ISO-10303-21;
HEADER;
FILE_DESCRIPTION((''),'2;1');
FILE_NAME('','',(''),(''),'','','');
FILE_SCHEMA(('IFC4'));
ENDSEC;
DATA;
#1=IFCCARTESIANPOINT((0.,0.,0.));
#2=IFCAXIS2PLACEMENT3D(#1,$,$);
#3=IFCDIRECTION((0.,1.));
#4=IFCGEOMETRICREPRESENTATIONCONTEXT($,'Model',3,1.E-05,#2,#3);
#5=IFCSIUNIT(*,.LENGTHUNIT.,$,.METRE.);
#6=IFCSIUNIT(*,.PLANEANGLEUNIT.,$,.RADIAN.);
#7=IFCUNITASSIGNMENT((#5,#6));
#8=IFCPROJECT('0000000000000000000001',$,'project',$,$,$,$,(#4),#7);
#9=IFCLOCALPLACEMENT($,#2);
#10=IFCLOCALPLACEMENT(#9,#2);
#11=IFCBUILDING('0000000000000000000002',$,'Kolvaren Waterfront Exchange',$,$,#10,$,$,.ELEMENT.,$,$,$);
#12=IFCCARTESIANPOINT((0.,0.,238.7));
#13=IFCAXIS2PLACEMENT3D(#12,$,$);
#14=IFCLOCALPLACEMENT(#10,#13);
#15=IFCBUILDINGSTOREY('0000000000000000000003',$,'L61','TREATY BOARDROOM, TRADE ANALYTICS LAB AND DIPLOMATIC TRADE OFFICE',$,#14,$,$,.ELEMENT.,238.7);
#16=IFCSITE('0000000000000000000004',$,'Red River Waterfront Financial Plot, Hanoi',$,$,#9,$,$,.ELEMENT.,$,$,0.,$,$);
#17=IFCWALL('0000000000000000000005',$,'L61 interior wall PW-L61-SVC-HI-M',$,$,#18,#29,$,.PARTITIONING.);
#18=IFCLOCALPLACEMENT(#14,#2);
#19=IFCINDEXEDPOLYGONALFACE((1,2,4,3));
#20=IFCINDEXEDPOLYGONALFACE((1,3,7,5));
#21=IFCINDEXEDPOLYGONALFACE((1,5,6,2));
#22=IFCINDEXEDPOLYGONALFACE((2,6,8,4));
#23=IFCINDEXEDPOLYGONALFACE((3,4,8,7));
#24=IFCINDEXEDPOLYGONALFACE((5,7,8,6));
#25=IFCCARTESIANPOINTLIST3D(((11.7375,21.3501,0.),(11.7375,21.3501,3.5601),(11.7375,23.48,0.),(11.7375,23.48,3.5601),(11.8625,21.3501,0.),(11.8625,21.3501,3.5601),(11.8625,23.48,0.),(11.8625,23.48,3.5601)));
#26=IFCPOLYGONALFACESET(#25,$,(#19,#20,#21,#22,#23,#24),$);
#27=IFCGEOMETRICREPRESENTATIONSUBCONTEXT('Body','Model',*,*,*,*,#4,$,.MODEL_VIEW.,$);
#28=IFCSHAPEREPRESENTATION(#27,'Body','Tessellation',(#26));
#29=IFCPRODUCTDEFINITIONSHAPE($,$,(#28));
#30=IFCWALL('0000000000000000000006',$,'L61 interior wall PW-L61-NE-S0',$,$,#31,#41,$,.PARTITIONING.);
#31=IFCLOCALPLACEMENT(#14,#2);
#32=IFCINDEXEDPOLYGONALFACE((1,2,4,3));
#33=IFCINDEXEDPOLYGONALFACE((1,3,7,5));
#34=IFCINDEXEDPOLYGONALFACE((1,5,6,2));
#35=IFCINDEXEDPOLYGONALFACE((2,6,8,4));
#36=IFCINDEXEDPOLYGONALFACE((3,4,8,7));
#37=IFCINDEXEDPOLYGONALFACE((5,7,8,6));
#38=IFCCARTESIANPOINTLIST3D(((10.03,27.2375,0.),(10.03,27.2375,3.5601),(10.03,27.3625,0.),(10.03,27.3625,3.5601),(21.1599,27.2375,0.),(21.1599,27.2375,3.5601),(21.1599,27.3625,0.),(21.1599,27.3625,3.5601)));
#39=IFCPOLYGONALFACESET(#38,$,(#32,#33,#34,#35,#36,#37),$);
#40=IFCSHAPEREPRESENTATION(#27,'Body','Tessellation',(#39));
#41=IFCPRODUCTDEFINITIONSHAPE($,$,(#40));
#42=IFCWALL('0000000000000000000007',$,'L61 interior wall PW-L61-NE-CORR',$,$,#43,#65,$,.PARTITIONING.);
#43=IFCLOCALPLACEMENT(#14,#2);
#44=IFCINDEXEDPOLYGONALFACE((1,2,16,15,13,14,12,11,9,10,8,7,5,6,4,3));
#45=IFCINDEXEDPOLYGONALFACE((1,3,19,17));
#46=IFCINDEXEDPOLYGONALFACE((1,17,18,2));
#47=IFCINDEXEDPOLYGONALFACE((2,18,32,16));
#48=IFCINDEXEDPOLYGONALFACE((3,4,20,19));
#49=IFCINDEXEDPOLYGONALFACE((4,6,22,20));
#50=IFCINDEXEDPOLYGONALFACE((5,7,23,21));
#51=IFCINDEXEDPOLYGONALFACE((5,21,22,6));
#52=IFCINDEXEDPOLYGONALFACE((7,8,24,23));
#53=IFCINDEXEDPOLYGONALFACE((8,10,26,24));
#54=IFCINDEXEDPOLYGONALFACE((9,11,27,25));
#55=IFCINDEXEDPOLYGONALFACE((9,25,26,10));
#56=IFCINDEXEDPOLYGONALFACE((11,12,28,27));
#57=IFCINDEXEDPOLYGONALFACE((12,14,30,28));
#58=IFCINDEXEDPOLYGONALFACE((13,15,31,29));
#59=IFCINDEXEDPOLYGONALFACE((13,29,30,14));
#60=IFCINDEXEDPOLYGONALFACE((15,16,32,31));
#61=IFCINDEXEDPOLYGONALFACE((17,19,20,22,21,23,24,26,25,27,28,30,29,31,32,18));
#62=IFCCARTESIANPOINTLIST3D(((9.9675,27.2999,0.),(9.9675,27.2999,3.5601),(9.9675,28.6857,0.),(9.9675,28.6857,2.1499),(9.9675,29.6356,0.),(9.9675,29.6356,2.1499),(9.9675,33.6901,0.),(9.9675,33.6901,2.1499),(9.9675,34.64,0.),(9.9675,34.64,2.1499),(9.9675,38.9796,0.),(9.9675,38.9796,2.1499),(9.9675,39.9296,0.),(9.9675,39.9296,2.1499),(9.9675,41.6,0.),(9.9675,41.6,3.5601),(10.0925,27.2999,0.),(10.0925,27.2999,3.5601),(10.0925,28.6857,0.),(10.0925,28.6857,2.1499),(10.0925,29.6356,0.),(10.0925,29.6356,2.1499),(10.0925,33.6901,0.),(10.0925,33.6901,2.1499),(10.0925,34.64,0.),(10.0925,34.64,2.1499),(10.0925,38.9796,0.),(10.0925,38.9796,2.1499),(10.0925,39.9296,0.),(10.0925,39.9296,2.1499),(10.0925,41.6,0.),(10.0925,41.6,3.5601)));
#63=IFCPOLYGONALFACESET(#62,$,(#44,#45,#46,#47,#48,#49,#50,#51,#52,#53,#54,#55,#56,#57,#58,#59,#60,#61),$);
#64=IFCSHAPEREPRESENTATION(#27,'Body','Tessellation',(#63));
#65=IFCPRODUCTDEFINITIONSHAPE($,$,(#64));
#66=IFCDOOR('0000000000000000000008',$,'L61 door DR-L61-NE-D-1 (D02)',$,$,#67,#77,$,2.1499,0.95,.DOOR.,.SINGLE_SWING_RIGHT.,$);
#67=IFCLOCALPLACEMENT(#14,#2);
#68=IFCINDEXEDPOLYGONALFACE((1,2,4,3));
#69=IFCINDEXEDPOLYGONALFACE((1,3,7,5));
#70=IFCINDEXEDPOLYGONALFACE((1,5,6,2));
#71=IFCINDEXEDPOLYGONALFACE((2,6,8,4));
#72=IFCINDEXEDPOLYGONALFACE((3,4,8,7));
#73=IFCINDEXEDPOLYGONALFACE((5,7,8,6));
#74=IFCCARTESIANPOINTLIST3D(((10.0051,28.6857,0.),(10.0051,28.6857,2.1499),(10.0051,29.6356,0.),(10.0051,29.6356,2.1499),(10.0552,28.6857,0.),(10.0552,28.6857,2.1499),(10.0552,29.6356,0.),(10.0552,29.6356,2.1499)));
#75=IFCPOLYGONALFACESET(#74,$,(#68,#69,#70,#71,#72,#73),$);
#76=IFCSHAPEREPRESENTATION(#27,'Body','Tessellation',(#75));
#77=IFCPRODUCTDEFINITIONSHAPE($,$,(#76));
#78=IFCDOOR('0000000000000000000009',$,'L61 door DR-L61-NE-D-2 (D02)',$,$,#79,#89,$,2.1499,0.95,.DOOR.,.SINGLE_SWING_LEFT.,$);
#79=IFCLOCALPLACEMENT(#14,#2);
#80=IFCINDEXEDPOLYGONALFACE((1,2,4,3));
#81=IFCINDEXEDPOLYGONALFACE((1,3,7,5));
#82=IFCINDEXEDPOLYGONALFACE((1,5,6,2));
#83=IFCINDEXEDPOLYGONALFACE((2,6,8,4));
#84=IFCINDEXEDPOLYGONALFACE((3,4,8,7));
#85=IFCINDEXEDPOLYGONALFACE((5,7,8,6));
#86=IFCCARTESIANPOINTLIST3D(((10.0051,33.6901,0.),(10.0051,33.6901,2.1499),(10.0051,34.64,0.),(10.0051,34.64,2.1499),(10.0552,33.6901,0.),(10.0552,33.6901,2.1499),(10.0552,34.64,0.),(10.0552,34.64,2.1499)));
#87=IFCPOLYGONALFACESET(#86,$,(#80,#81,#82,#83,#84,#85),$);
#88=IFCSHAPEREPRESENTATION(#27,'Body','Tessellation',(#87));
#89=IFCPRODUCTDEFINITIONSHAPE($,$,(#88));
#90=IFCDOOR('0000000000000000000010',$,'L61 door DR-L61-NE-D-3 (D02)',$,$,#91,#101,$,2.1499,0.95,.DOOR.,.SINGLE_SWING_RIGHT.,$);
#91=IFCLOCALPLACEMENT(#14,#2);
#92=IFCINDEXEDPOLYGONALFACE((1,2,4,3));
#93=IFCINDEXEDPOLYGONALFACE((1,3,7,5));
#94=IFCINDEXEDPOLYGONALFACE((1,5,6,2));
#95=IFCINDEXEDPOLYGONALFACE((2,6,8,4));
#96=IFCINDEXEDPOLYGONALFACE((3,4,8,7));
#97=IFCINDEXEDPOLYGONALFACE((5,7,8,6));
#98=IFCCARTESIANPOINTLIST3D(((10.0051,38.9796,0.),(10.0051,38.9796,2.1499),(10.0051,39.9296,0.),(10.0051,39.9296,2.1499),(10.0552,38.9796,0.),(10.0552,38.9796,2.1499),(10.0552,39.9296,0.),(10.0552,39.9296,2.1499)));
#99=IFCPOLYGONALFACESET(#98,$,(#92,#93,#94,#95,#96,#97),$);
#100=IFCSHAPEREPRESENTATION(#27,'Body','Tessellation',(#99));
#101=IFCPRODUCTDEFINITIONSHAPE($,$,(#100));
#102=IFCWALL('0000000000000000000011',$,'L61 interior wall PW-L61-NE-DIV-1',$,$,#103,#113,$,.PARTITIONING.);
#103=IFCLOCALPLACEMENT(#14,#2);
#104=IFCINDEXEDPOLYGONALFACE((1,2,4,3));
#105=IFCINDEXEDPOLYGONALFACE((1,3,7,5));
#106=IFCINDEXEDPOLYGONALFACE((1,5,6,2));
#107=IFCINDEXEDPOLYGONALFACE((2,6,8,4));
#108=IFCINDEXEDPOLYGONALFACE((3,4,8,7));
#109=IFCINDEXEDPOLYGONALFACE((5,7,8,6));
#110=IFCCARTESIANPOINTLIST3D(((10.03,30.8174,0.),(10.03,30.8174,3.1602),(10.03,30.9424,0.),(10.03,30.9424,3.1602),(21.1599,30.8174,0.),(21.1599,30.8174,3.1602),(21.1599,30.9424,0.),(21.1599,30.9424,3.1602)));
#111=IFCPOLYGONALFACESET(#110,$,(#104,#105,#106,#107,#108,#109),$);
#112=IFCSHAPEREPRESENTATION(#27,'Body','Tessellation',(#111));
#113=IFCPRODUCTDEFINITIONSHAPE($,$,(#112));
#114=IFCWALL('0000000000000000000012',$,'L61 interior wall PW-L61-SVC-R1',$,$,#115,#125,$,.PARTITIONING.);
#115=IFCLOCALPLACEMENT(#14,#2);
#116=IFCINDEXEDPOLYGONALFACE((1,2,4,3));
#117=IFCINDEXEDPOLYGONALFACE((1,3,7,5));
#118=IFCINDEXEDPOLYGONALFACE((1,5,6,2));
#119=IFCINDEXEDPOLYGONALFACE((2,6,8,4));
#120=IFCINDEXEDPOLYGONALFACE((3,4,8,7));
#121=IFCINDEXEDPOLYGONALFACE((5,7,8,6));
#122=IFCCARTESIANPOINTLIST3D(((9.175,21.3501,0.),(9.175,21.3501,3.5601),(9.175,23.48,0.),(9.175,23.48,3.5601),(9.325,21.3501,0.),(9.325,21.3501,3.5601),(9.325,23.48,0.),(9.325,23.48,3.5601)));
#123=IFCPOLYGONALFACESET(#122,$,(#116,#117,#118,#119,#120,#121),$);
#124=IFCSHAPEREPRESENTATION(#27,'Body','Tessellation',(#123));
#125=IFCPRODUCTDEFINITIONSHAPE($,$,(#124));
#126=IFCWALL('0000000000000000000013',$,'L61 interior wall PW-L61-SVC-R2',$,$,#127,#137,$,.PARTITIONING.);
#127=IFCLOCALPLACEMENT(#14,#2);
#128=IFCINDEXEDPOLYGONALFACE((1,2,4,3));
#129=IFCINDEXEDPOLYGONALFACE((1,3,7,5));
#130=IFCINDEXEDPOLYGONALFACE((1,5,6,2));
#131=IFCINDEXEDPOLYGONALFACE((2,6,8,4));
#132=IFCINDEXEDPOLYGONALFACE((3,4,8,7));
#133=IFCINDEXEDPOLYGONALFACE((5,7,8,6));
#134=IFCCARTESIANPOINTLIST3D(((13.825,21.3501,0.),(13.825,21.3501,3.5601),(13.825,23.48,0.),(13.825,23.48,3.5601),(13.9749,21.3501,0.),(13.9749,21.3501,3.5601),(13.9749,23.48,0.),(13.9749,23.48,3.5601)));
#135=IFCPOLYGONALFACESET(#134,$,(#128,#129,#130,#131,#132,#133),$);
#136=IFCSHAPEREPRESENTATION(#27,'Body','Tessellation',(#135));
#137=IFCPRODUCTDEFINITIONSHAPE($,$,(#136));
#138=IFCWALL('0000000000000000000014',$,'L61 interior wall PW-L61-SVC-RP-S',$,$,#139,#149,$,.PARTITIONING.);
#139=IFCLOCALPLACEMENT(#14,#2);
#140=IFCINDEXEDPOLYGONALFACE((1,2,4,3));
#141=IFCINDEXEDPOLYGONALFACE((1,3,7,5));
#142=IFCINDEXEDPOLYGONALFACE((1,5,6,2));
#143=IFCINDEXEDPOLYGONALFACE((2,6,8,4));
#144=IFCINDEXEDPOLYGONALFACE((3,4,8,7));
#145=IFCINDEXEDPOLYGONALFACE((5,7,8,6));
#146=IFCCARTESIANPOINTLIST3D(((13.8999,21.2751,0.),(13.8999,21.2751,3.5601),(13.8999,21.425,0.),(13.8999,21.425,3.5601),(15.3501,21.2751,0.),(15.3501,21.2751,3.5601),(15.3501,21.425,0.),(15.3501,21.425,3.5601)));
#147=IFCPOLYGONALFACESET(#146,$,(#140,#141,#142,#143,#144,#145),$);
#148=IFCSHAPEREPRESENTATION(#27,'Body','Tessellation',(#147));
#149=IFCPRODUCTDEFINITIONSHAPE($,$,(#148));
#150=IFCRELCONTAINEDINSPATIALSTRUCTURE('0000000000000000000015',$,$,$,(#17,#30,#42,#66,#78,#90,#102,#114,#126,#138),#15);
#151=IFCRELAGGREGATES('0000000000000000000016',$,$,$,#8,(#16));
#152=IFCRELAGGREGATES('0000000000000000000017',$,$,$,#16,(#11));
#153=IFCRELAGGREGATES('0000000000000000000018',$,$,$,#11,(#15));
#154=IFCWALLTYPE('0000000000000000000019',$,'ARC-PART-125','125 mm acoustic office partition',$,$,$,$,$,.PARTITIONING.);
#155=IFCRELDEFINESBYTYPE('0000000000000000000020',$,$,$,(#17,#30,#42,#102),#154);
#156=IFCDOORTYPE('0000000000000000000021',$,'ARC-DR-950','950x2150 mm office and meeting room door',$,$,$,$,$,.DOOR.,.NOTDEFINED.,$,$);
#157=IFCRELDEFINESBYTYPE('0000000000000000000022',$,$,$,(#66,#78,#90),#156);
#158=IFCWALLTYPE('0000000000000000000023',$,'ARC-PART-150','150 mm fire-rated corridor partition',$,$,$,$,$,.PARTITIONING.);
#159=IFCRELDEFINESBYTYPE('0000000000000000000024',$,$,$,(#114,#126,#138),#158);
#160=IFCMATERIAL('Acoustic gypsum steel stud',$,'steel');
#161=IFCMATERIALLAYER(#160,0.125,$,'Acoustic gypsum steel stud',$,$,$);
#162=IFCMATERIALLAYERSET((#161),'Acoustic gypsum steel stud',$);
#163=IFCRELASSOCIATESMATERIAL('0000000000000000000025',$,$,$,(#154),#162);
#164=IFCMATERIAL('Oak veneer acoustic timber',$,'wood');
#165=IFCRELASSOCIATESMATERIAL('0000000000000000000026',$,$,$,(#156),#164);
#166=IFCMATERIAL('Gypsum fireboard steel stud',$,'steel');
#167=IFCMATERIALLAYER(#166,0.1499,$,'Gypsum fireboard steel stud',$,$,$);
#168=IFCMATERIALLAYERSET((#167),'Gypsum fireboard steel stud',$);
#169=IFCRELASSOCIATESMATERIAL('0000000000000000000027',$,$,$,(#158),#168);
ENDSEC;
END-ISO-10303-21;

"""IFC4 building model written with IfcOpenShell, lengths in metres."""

from ifc_helpers import new_model, si_unit, direction, frame, frame_2d, origin, place, context, subcontext, project, spatial, rectangle, extrude, material, layer, layer_set, type_object, element, fill, save


model = new_model("IFC4")

# Units and contexts
model_context = context("Model", 3, precision=1e-05, world=origin(), true_north=direction((0.0, 1.0)))
body_context = subcontext(model_context, "Body", "Model", "MODEL_VIEW")
ifc_project = project(units=[si_unit("LENGTHUNIT", "METRE"), si_unit("PLANEANGLEUNIT", "RADIAN")], contexts=[model_context])

# Site, building, storey
site_placement = place(None, origin())
site = spatial("IfcSite", under=ifc_project, at=site_placement, Name="Red River Waterfront Financial Plot, Hanoi", CompositionType="ELEMENT", RefElevation=0.0)
building_placement = place(site_placement, origin())
building = spatial("IfcBuilding", under=site, at=building_placement, Name="Kolvaren Waterfront Exchange", CompositionType="ELEMENT")
storey_placement = place(building_placement, frame((0.0, 0.0, 238.7)))
storey = spatial("IfcBuildingStorey", under=building, at=storey_placement, Name="L61", Description="TREATY BOARDROOM, TRADE ANALYTICS LAB AND DIPLOMATIC TRADE OFFICE", CompositionType="ELEMENT", Elevation=238.7)

# Shared definitions
ifc_material_1 = material(Name="Acoustic gypsum steel stud", Category="steel")
ifc_layer_1 = layer(ifc_material_1, 0.125, Name="Acoustic gypsum steel stud")
ifc_layer_set_1 = layer_set([ifc_layer_1], Name="Acoustic gypsum steel stud")
wall_type_1 = type_object("IfcWallType", Name="ARC-PART-125", Description="125 mm acoustic office partition", PredefinedType="PARTITIONING", material=ifc_layer_set_1)

# Walls
wall_1_placement = place(storey_placement, frame((11.8, 21.3501, 0.0), z_axis=(0.0, 0.0, 1.0), x_axis=(0.0, 1.0, 0.0)))
element("IfcWall", 1, at=wall_1_placement, inside=storey, type_object=wall_type_1, Name="L61 interior wall PW-L61-SVC-HI-M", PredefinedType="PARTITIONING", context=body_context, shape_type="SweptSolid", body=[
    extrude(rectangle(XDim=2.1299, YDim=0.125, at=frame_2d((1.0649, 0.0))), origin(), (0.0, 0.0, 1.0), 3.5601),
])
wall_2_placement = place(storey_placement, frame((10.03, 27.3, 0.0), z_axis=(0.0, 0.0, 1.0), x_axis=(1.0, 0.0, 0.0)))
element("IfcWall", 2, at=wall_2_placement, inside=storey, type_object=wall_type_1, Name="L61 interior wall PW-L61-NE-S0", PredefinedType="PARTITIONING", context=body_context, shape_type="SweptSolid", body=[
    extrude(rectangle(XDim=11.1299, YDim=0.125, at=frame_2d((5.5649, 0.0))), origin(), (0.0, 0.0, 1.0), 3.5601),
])

# Wall, openings, doors
wall_3_placement = place(storey_placement, frame((10.03, 27.3, 0.0), z_axis=(0.0, 0.0, 1.0), x_axis=(0.0, 1.0, 0.0)))
wall_3 = element("IfcWall", 3, at=wall_3_placement, inside=storey, type_object=wall_type_1, Name="L61 interior wall PW-L61-NE-CORR", PredefinedType="PARTITIONING", context=body_context, shape_type="SweptSolid", body=[
    extrude(rectangle(XDim=14.3, YDim=0.125, at=frame_2d((7.1499, 0.0))), origin(), (0.0, 0.0, 1.0), 3.5601),
])
opening_1_placement = place(wall_3_placement, frame((1.3855, 0.0, 0.0)))
opening_1 = element("IfcOpeningElement", 4, at=opening_1_placement, cuts=wall_3, PredefinedType="OPENING", context=body_context, shape_type="SweptSolid", body=[
    extrude(rectangle(XDim=0.95, YDim=2.1499, at=frame_2d((0.4751, 1.075))), frame((0.0, 0.0725, 0.0), z_axis=(0.0, -1.0, 0.0), x_axis=(1.0, 0.0, 0.0)), (0.0, 0.0, 1.0), 0.145),
])
opening_2_placement = place(wall_3_placement, frame((6.3899, 0.0, 0.0)))
opening_2 = element("IfcOpeningElement", 5, at=opening_2_placement, cuts=wall_3, PredefinedType="OPENING", context=body_context, shape_type="SweptSolid", body=[
    extrude(rectangle(XDim=0.95, YDim=2.1499, at=frame_2d((0.4751, 1.075))), frame((0.0, 0.0725, 0.0), z_axis=(0.0, -1.0, 0.0), x_axis=(1.0, 0.0, 0.0)), (0.0, 0.0, 1.0), 0.145),
])
opening_3_placement = place(wall_3_placement, frame((11.6794, 0.0, 0.0)))
opening_3 = element("IfcOpeningElement", 6, at=opening_3_placement, cuts=wall_3, PredefinedType="OPENING", context=body_context, shape_type="SweptSolid", body=[
    extrude(rectangle(XDim=0.95, YDim=2.1499, at=frame_2d((0.4751, 1.075))), frame((0.0, 0.0725, 0.0), z_axis=(0.0, -1.0, 0.0), x_axis=(1.0, 0.0, 0.0)), (0.0, 0.0, 1.0), 0.145),
])
ifc_material_2 = material(Name="Oak veneer acoustic timber", Category="wood")
door_type_1 = type_object("IfcDoorType", Name="ARC-DR-950", Description="950x2150 mm office and meeting room door", OperationType="NOTDEFINED", PredefinedType="DOOR", material=ifc_material_2)
door_1_placement = place(opening_1_placement, origin())
door_1 = element("IfcDoor", 7, at=door_1_placement, inside=storey, type_object=door_type_1, Name="L61 door DR-L61-NE-D-1 (D02)", OperationType="SINGLE_SWING_RIGHT", OverallHeight=2.1499, OverallWidth=0.95, PredefinedType="DOOR", context=body_context, shape_type="SweptSolid", body=[
    extrude(rectangle(XDim=0.95, YDim=2.1499, at=frame_2d((0.4751, 1.075))), frame((0.0, 0.0249, 0.0), z_axis=(0.0, -1.0, 0.0), x_axis=(1.0, 0.0, 0.0)), (0.0, 0.0, 1.0), 0.05),
])
fill(opening_1, door_1)
door_2_placement = place(opening_2_placement, origin())
door_2 = element("IfcDoor", 8, at=door_2_placement, inside=storey, type_object=door_type_1, Name="L61 door DR-L61-NE-D-2 (D02)", OperationType="SINGLE_SWING_LEFT", OverallHeight=2.1499, OverallWidth=0.95, PredefinedType="DOOR", context=body_context, shape_type="SweptSolid", body=[
    extrude(rectangle(XDim=0.95, YDim=2.1499, at=frame_2d((0.4751, 1.075))), frame((0.0, 0.0249, 0.0), z_axis=(0.0, -1.0, 0.0), x_axis=(1.0, 0.0, 0.0)), (0.0, 0.0, 1.0), 0.05),
])
fill(opening_2, door_2)
door_3_placement = place(opening_3_placement, origin())
door_3 = element("IfcDoor", 9, at=door_3_placement, inside=storey, type_object=door_type_1, Name="L61 door DR-L61-NE-D-3 (D02)", OperationType="SINGLE_SWING_RIGHT", OverallHeight=2.1499, OverallWidth=0.95, PredefinedType="DOOR", context=body_context, shape_type="SweptSolid", body=[
    extrude(rectangle(XDim=0.95, YDim=2.1499, at=frame_2d((0.4751, 1.075))), frame((0.0, 0.0249, 0.0), z_axis=(0.0, -1.0, 0.0), x_axis=(1.0, 0.0, 0.0)), (0.0, 0.0, 1.0), 0.05),
])
fill(opening_3, door_3)

# Walls
wall_4_placement = place(storey_placement, frame((10.03, 30.8799, 0.0), z_axis=(0.0, 0.0, 1.0), x_axis=(1.0, 0.0, 0.0)))
element("IfcWall", 10, at=wall_4_placement, inside=storey, type_object=wall_type_1, Name="L61 interior wall PW-L61-NE-DIV-1", PredefinedType="PARTITIONING", context=body_context, shape_type="SweptSolid", body=[
    extrude(rectangle(XDim=11.1299, YDim=0.125, at=frame_2d((5.5649, 0.0))), origin(), (0.0, 0.0, 1.0), 3.1602),
])
ifc_material_3 = material(Name="Gypsum fireboard steel stud", Category="steel")
ifc_layer_2 = layer(ifc_material_3, 0.1499, Name="Gypsum fireboard steel stud")
ifc_layer_set_2 = layer_set([ifc_layer_2], Name="Gypsum fireboard steel stud")
wall_type_2 = type_object("IfcWallType", Name="ARC-PART-150", Description="150 mm fire-rated corridor partition", PredefinedType="PARTITIONING", material=ifc_layer_set_2)
for number, where, z_axis, x_axis, name in (
    (11, (9.25, 21.3501, 0.0), (0.0, 0.0, 1.0), (0.0, 1.0, 0.0), "L61 interior wall PW-L61-SVC-R1"),
    (12, (13.8999, 21.3501, 0.0), (0.0, 0.0, 1.0), (0.0, 1.0, 0.0), "L61 interior wall PW-L61-SVC-R2"),
):
    element("IfcWall", number, at=place(storey_placement, frame(where, z_axis=z_axis, x_axis=x_axis)), inside=storey, type_object=wall_type_2, Name=name, PredefinedType="PARTITIONING", context=body_context, shape_type="SweptSolid", body=[
        extrude(rectangle(XDim=2.1299, YDim=0.1499, at=frame_2d((1.0649, 0.0))), origin(), (0.0, 0.0, 1.0), 3.5601),
    ])
wall_5_placement = place(storey_placement, frame((13.8999, 21.3501, 0.0), z_axis=(0.0, 0.0, 1.0), x_axis=(1.0, 0.0, 0.0)))
element("IfcWall", 13, at=wall_5_placement, inside=storey, type_object=wall_type_2, Name="L61 interior wall PW-L61-SVC-RP-S", PredefinedType="PARTITIONING", context=body_context, shape_type="SweptSolid", body=[
    extrude(rectangle(XDim=1.4502, YDim=0.1499, at=frame_2d((0.7251, 0.0))), origin(), (0.0, 0.0, 1.0), 3.5601),
])

save(model, "model.ifc")
